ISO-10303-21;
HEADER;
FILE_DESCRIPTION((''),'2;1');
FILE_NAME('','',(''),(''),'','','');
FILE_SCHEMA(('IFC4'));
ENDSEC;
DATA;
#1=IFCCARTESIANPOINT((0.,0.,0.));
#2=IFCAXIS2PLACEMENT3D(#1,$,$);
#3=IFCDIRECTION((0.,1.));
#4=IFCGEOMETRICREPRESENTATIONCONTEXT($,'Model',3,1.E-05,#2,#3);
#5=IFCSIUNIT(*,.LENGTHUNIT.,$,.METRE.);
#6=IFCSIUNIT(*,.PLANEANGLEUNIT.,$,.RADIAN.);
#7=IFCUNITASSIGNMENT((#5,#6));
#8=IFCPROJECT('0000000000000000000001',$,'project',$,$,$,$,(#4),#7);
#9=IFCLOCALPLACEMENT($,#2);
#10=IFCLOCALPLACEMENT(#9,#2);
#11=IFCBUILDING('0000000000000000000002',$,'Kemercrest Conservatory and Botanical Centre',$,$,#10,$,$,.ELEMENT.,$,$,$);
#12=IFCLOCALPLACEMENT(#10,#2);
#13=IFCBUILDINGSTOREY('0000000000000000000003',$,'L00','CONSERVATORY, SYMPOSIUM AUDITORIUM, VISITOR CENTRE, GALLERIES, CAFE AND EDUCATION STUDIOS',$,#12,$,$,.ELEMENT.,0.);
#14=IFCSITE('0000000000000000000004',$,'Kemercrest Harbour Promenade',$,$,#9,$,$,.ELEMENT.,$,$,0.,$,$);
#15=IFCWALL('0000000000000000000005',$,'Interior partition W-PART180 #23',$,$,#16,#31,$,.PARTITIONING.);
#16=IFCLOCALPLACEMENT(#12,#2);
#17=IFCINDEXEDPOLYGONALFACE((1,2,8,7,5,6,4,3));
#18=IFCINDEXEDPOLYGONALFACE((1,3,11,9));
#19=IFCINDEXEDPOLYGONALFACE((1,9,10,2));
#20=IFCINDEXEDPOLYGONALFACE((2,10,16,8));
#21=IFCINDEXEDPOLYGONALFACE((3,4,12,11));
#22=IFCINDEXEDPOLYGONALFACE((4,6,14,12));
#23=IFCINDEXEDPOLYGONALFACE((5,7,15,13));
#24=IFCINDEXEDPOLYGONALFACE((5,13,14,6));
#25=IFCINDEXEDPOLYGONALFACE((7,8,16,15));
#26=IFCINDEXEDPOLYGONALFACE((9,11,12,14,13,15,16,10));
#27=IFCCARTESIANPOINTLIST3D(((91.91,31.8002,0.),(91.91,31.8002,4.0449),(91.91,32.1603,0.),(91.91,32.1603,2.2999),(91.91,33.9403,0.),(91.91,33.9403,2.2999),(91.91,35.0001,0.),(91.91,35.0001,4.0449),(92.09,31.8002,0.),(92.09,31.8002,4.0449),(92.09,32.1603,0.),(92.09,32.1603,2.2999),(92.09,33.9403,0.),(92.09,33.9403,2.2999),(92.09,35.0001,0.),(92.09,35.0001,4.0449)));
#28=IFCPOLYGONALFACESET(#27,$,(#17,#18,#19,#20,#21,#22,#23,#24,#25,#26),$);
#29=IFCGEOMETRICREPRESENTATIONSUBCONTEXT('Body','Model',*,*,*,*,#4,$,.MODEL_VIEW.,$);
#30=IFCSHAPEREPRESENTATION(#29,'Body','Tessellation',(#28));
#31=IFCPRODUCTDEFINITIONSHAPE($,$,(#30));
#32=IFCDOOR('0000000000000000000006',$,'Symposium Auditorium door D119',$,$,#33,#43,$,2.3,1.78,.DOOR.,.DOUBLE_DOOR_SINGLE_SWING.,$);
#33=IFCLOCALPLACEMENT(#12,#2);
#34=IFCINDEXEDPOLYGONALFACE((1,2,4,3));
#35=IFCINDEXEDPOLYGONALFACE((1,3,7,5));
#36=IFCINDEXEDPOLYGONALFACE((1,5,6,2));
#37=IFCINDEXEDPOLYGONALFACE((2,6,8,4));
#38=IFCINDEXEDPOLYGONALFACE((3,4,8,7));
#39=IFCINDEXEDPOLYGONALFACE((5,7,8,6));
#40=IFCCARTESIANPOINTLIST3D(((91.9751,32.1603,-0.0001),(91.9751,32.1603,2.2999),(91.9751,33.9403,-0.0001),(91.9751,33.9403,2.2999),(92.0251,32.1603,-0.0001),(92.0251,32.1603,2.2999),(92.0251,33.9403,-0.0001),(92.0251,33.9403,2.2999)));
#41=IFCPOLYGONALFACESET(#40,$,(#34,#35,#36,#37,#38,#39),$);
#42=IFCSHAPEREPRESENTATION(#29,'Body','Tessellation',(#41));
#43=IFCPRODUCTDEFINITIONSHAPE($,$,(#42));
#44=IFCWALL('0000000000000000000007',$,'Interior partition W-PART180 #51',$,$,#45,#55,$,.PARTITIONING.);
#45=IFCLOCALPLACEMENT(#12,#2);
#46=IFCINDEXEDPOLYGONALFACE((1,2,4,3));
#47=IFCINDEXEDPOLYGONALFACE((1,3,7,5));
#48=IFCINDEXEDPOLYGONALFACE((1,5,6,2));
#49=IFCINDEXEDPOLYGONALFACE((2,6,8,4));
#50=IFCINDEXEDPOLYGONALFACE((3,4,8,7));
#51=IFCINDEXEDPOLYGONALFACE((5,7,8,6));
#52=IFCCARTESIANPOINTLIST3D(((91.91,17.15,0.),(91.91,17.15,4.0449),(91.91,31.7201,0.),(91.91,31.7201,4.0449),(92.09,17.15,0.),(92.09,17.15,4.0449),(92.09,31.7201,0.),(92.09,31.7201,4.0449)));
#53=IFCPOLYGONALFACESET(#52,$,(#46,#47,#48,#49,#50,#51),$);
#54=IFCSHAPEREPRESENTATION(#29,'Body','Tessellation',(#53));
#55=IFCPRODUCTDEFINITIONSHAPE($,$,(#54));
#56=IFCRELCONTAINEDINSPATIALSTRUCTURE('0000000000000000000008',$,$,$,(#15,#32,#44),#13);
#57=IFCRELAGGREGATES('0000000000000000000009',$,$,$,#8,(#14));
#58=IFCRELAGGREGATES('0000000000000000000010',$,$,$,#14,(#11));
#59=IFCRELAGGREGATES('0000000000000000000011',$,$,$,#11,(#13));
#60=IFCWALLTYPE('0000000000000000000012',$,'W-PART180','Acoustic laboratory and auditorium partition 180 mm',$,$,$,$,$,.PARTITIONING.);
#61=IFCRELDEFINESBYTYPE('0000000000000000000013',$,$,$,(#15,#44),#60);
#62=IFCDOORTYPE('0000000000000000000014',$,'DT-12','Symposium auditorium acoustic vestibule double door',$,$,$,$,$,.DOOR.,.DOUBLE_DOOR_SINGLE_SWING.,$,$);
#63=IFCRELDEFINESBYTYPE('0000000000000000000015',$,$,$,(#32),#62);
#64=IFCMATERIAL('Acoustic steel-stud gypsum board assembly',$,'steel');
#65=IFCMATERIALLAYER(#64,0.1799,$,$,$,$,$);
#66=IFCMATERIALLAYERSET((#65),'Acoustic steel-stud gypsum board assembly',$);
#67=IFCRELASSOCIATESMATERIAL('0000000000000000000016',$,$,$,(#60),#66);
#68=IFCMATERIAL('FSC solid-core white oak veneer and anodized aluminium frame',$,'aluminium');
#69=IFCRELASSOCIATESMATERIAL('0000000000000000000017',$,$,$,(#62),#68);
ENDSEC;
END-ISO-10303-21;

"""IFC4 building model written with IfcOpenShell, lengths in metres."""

from ifc_helpers import new_model, si_unit, direction, frame, frame_2d, origin, place, context, subcontext, project, spatial, rectangle, extrude, material, layer, layer_set, type_object, element, fill, save


model = new_model("IFC4")

# Units and contexts
model_context = context("Model", 3, precision=1e-05, world=origin(), true_north=direction((0.0, 1.0)))
body_context = subcontext(model_context, "Body", "Model", "MODEL_VIEW")
ifc_project = project(units=[si_unit("LENGTHUNIT", "METRE"), si_unit("PLANEANGLEUNIT", "RADIAN")], contexts=[model_context])

# Site, building, storey
site_placement = place(None, origin())
site = spatial("IfcSite", under=ifc_project, at=site_placement, Name="Kemercrest Harbour Promenade", CompositionType="ELEMENT", RefElevation=0.0)
building_placement = place(site_placement, origin())
building = spatial("IfcBuilding", under=site, at=building_placement, Name="Kemercrest Conservatory and Botanical Centre", CompositionType="ELEMENT")
storey_placement = place(building_placement, origin())
storey = spatial("IfcBuildingStorey", under=building, at=storey_placement, Name="L00", Description="CONSERVATORY, SYMPOSIUM AUDITORIUM, VISITOR CENTRE, GALLERIES, CAFE AND EDUCATION STUDIOS", CompositionType="ELEMENT", Elevation=0.0)

# Wall, opening, door
ifc_material_1 = material(Name="FSC solid-core white oak veneer and anodized aluminium frame", Category="aluminium")
ifc_material_2 = material(Name="Acoustic steel-stud gypsum board assembly", Category="steel")
ifc_layer_1 = layer(ifc_material_2, 0.1799)
ifc_layer_set_1 = layer_set([ifc_layer_1], Name="Acoustic steel-stud gypsum board assembly")
wall_type_1 = type_object("IfcWallType", Name="W-PART180", Description="Acoustic laboratory and auditorium partition 180 mm", PredefinedType="PARTITIONING", material=ifc_layer_set_1)
wall_1_placement = place(storey_placement, frame((92.0, 31.8, 0.0), z_axis=(0.0, 0.0, 1.0), x_axis=(0.0, 1.0, 0.0)))
wall_1 = element("IfcWall", 1, at=wall_1_placement, inside=storey, type_object=wall_type_1, Name="Interior partition W-PART180 #23", PredefinedType="PARTITIONING", context=body_context, shape_type="SweptSolid", body=[
    extrude(rectangle(XDim=3.2, YDim=0.1799, at=frame_2d((1.6001, 0.0))), origin(), (0.0, 0.0, 1.0), 4.0449),
])
opening_1_placement = place(wall_1_placement, frame((0.3601, 0.0, 0.0)))
opening_1 = element("IfcOpeningElement", 2, at=opening_1_placement, cuts=wall_1, PredefinedType="OPENING", context=body_context, shape_type="SweptSolid", body=[
    extrude(rectangle(XDim=1.78, YDim=2.3, at=frame_2d((0.8901, 1.1499))), frame((0.0, 0.1001, 0.0), z_axis=(0.0, -1.0, 0.0), x_axis=(1.0, 0.0, 0.0)), (0.0, 0.0, 1.0), 0.2),
])
door_type_1 = type_object("IfcDoorType", Name="DT-12", Description="Symposium auditorium acoustic vestibule double door", OperationType="DOUBLE_DOOR_SINGLE_SWING", PredefinedType="DOOR", material=ifc_material_1)
door_1_placement = place(opening_1_placement, origin())
door_1 = element("IfcDoor", 3, at=door_1_placement, inside=storey, type_object=door_type_1, Name="Symposium Auditorium door D119", OperationType="DOUBLE_DOOR_SINGLE_SWING", OverallHeight=2.3, OverallWidth=1.78, PredefinedType="DOOR", context=body_context, shape_type="SweptSolid", body=[
    extrude(rectangle(XDim=1.78, YDim=2.3, at=frame_2d((0.8901, 1.1499))), frame((0.0, 0.0249, 0.0), z_axis=(0.0, -1.0, 0.0), x_axis=(1.0, 0.0, 0.0)), (0.0, 0.0, 1.0), 0.05),
])
fill(opening_1, door_1)

# Wall
wall_2_placement = place(storey_placement, frame((92.0, 17.1499, 0.0), z_axis=(0.0, 0.0, 1.0), x_axis=(0.0, 1.0, 0.0)))
element("IfcWall", 4, at=wall_2_placement, inside=storey, type_object=wall_type_1, Name="Interior partition W-PART180 #51", PredefinedType="PARTITIONING", context=body_context, shape_type="SweptSolid", body=[
    extrude(rectangle(XDim=14.5701, YDim=0.1799, at=frame_2d((7.2852, 0.0))), origin(), (0.0, 0.0, 1.0), 4.0449),
])

save(model, "model.ifc")
